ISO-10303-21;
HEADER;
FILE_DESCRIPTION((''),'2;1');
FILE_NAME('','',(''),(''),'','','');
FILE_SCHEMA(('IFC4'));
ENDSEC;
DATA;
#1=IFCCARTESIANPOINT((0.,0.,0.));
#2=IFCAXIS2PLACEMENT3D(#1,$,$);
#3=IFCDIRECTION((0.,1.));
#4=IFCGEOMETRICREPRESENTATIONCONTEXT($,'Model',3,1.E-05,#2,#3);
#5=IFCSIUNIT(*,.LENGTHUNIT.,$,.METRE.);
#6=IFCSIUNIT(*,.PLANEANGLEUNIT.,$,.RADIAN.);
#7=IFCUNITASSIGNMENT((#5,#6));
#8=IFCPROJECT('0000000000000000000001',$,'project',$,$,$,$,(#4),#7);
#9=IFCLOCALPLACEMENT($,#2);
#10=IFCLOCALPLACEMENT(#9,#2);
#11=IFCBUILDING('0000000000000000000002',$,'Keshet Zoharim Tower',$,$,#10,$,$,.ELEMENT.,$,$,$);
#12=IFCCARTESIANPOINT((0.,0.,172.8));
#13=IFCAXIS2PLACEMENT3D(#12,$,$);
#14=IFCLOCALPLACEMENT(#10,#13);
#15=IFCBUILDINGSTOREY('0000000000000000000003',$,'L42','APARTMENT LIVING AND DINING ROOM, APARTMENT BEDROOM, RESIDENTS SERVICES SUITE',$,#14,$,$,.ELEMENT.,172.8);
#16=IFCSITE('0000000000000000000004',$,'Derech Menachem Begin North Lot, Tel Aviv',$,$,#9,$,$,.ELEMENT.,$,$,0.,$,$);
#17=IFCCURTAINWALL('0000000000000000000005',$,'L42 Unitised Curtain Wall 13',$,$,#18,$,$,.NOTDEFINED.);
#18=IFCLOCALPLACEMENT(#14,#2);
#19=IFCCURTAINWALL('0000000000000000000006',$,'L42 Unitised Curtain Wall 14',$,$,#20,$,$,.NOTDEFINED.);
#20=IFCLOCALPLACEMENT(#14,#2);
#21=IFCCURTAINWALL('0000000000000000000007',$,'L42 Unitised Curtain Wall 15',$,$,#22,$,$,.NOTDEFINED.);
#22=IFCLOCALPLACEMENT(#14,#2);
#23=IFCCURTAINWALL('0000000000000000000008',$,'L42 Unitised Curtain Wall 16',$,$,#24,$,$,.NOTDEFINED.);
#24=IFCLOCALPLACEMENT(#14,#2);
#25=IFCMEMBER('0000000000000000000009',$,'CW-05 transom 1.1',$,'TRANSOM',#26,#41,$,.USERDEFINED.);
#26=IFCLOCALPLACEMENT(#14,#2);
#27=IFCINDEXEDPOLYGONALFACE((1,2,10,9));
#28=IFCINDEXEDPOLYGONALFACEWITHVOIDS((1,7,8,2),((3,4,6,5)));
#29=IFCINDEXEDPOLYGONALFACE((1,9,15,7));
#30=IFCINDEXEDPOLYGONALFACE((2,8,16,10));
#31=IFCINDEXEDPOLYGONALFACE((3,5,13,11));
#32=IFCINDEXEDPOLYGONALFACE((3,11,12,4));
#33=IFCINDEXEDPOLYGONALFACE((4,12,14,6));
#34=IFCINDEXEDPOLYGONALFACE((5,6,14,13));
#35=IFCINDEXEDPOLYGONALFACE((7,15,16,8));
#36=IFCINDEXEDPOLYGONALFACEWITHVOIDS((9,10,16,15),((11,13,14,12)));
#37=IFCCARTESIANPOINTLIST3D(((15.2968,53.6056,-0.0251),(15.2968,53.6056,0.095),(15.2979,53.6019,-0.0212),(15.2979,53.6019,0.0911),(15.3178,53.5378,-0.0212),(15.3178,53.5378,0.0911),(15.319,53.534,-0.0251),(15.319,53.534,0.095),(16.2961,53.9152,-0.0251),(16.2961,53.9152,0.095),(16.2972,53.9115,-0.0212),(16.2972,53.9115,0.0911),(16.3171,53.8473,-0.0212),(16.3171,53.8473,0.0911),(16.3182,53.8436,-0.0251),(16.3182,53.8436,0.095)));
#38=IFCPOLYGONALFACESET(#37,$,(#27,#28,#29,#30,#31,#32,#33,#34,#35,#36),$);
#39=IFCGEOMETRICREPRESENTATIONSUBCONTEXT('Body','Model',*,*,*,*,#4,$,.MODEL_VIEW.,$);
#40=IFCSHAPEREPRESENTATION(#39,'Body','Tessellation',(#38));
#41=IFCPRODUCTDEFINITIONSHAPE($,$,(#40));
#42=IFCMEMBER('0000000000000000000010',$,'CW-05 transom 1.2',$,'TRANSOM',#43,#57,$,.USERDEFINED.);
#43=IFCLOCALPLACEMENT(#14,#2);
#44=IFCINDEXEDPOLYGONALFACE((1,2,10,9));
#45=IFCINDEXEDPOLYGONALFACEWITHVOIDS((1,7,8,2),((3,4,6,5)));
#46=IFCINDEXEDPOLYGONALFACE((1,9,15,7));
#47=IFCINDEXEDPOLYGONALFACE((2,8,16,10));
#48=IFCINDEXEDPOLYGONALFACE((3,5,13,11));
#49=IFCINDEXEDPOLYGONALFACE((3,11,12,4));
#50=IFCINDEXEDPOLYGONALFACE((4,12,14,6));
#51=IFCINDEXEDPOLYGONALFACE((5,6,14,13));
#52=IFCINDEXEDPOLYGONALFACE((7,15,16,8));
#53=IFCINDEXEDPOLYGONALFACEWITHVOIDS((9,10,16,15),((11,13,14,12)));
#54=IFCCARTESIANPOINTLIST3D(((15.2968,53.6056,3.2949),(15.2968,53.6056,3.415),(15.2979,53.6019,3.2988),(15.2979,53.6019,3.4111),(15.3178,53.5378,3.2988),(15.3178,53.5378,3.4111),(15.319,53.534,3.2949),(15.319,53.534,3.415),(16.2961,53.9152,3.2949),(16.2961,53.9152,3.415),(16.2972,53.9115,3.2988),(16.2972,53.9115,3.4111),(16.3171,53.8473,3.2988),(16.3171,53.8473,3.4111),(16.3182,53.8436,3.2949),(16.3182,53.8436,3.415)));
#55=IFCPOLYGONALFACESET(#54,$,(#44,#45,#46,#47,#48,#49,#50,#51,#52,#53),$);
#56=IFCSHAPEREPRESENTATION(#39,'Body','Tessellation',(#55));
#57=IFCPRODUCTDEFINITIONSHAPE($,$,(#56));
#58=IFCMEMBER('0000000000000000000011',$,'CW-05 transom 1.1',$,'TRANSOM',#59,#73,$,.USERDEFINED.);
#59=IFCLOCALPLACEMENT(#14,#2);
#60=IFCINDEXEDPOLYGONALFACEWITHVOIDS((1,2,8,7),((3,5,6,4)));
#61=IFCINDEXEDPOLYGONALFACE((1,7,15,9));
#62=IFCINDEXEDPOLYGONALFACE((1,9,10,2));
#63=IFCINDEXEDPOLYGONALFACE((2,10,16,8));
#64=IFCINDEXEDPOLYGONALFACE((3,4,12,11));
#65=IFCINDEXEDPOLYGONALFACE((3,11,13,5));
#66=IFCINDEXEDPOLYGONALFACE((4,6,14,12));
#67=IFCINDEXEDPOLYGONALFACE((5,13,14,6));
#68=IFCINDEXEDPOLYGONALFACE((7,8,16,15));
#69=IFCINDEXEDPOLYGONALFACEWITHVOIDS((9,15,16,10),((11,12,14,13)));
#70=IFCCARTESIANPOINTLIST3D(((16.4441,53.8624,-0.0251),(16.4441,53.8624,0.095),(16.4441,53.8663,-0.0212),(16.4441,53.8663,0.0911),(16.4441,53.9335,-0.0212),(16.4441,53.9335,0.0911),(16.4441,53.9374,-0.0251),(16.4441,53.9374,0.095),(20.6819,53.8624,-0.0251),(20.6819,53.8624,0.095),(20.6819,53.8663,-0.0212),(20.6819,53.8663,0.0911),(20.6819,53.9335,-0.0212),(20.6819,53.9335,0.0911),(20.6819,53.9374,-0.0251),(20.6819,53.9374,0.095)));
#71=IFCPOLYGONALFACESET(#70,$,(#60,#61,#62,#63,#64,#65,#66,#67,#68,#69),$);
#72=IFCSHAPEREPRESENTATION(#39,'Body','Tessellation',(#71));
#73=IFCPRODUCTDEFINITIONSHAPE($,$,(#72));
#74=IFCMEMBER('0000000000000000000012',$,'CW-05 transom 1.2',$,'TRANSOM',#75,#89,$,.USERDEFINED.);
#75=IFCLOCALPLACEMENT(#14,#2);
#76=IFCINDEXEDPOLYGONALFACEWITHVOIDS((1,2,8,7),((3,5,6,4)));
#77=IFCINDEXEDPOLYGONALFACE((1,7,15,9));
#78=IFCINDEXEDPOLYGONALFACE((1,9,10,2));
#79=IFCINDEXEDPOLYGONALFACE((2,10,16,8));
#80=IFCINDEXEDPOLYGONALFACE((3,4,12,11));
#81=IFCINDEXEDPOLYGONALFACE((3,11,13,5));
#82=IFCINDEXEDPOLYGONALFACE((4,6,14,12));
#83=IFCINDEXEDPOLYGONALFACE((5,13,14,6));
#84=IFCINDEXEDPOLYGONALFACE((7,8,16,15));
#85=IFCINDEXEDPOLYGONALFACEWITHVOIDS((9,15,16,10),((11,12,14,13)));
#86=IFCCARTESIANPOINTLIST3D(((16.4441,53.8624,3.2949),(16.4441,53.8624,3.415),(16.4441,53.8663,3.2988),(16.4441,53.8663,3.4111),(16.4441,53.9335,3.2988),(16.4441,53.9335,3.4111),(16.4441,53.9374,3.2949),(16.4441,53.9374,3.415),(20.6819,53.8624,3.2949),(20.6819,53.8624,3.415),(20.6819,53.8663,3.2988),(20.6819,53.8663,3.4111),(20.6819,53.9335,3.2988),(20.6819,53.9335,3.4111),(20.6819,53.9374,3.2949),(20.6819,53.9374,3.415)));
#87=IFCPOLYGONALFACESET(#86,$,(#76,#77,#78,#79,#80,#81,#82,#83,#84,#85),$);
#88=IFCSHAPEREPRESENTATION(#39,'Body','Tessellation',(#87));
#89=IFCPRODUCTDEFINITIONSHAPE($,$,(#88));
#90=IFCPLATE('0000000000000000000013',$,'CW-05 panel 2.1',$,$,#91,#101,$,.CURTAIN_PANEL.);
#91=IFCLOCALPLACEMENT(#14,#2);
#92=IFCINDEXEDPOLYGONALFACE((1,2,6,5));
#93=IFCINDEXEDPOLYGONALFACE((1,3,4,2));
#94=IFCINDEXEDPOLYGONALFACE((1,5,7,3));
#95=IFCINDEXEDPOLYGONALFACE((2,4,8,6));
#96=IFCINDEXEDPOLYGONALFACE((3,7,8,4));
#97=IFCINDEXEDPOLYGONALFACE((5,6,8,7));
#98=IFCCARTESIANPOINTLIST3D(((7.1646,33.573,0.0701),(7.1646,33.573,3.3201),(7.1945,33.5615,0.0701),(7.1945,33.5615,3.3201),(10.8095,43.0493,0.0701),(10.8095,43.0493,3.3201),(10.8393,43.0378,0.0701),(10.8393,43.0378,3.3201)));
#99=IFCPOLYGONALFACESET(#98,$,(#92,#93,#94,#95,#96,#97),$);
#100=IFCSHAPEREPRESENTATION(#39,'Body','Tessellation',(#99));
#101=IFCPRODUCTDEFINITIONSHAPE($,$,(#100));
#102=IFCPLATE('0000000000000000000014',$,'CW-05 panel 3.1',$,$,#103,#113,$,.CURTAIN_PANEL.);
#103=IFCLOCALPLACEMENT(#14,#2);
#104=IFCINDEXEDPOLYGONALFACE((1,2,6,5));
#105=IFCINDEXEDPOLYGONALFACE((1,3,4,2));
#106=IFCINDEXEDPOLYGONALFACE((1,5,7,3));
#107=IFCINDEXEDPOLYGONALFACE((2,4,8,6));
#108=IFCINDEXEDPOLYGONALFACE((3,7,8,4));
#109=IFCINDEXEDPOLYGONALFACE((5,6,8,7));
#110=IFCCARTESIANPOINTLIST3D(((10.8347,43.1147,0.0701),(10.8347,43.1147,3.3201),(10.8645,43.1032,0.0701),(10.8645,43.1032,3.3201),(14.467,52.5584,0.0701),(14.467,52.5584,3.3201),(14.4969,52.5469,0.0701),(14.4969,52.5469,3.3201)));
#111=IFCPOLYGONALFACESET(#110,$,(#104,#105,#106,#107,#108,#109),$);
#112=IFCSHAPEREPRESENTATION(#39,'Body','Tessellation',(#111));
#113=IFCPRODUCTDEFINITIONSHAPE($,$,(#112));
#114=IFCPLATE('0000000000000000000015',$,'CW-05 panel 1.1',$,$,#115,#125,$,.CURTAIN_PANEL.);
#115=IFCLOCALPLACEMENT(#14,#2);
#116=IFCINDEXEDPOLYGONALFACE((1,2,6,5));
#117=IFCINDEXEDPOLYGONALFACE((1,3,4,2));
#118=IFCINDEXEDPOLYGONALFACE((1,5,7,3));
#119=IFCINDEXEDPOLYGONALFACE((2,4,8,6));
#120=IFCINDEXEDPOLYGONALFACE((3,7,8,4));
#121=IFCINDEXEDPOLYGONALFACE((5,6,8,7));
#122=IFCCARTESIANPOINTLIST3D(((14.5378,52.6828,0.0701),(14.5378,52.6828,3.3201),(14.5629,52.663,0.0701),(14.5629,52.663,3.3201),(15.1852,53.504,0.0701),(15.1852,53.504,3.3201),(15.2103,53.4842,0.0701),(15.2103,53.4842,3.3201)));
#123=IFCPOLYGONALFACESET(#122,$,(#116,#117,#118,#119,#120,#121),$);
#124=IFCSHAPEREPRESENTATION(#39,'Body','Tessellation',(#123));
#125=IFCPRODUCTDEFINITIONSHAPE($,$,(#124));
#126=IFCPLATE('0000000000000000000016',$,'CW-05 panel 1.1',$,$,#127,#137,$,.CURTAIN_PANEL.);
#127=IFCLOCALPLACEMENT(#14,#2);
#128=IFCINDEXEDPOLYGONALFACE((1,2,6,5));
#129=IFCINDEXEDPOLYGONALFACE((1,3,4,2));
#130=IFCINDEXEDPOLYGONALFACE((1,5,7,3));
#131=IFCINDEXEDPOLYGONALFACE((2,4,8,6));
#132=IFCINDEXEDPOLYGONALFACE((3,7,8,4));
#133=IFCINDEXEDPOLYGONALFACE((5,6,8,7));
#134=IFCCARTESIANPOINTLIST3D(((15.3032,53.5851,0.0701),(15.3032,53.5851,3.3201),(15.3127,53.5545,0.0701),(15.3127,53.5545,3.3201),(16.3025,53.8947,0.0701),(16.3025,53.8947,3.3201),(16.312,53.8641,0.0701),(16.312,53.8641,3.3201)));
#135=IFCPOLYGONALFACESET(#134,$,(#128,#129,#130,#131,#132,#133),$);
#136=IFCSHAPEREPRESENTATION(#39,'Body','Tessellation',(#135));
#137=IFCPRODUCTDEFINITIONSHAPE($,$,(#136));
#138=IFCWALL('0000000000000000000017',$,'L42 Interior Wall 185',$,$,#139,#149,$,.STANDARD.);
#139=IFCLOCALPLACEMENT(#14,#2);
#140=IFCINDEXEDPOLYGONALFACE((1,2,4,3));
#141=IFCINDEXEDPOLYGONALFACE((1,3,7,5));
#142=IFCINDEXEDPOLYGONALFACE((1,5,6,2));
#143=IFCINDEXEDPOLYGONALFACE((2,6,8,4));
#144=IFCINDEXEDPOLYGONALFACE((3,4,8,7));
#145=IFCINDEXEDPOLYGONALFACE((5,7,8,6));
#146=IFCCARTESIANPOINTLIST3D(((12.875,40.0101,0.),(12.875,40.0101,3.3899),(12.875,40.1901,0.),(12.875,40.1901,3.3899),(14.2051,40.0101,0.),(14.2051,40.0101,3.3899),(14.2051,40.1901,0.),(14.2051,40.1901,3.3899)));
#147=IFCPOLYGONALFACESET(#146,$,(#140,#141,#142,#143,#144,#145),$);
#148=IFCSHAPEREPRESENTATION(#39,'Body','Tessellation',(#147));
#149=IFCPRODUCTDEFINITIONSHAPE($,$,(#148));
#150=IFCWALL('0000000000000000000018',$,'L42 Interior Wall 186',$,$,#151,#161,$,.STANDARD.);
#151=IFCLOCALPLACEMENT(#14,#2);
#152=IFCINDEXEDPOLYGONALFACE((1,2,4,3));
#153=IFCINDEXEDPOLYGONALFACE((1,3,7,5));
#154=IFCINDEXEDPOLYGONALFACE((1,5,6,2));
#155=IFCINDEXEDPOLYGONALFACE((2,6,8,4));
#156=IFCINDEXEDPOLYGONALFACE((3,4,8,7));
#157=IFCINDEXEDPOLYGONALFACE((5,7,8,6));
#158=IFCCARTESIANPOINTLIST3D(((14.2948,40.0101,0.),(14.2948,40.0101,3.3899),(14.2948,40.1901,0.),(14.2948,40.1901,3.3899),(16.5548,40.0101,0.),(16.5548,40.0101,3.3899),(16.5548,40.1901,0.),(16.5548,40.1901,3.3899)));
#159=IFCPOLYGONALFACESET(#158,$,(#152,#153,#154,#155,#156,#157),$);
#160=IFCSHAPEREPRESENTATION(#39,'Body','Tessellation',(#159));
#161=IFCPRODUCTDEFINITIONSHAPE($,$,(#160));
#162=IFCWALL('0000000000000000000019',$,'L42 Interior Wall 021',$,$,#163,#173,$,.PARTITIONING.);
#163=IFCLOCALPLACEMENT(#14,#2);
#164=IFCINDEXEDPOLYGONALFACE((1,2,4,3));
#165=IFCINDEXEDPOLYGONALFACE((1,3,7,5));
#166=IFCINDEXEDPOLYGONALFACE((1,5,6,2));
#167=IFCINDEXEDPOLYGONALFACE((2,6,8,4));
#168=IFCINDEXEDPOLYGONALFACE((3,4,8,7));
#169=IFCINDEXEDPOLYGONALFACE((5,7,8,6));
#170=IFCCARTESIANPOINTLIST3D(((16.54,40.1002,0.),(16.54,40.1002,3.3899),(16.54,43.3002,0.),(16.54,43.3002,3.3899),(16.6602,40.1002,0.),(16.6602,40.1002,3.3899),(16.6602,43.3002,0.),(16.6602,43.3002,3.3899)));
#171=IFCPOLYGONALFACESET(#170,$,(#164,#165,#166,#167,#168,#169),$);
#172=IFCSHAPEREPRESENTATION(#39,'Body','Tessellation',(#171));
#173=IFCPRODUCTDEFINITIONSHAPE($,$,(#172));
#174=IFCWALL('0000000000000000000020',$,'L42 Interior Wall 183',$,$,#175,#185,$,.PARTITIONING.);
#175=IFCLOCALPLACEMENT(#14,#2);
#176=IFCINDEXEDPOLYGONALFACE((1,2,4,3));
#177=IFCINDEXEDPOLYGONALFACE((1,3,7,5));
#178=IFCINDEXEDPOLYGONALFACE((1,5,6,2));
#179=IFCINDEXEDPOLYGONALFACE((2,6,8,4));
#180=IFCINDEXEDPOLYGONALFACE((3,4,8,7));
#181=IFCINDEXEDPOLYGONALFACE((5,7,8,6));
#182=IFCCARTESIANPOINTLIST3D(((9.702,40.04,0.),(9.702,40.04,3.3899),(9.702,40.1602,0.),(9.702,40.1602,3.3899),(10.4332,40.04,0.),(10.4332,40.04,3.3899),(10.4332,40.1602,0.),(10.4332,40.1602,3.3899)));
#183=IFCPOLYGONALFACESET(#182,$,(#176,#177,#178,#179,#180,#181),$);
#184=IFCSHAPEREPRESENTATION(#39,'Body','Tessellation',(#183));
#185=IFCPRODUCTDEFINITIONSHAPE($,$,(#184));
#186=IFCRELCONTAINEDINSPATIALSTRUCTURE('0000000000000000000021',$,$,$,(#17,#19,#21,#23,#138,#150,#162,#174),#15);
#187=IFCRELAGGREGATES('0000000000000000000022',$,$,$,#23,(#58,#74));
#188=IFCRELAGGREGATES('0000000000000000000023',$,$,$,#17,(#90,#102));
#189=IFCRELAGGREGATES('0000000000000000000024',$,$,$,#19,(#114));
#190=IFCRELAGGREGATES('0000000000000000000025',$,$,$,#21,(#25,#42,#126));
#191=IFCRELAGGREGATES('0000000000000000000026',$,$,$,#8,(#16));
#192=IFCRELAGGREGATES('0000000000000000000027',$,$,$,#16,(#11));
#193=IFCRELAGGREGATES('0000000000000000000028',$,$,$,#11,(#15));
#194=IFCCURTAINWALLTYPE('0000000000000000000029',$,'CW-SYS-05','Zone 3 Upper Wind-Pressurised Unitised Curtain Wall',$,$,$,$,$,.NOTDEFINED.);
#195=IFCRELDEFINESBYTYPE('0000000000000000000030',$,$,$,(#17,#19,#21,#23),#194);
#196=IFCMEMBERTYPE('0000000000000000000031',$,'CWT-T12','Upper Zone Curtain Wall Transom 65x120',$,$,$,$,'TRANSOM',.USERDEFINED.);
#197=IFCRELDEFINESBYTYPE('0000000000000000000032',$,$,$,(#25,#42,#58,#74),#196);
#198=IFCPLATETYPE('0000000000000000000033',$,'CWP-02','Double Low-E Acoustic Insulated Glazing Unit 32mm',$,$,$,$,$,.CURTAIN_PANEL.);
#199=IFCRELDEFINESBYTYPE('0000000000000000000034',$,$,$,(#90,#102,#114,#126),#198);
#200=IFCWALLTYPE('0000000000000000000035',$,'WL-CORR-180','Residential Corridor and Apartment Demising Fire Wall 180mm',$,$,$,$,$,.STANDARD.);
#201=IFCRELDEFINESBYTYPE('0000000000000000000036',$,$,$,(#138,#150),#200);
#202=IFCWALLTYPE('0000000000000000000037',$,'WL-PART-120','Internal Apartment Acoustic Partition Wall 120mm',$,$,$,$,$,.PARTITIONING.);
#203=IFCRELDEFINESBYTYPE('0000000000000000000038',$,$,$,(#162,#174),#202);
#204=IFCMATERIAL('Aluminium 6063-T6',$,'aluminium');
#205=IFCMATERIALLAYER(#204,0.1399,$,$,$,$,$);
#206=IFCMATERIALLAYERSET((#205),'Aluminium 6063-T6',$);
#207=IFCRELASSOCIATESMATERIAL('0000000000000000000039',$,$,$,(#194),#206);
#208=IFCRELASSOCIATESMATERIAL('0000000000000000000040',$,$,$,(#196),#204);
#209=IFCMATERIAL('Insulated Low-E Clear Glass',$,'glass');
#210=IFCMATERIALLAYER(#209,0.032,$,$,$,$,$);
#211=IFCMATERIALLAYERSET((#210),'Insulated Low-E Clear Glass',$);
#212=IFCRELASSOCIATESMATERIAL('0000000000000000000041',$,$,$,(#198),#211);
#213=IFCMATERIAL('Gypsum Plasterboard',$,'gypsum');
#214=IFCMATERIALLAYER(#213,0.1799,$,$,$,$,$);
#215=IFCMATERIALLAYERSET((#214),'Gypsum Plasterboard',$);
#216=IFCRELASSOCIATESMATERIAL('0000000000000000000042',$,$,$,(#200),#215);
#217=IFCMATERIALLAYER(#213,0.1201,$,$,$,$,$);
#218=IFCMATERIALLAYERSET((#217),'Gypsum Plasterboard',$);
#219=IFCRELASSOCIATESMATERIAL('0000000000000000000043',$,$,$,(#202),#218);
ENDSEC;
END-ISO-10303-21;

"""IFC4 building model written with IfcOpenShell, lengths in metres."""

from ifc_helpers import new_model, si_unit, direction, frame, frame_2d, origin, origin_2d, place, context, subcontext, project, spatial, rectangle, hollow_rectangle, extrude, material, layer, layer_set, material_profile, profile_set, type_object, element, aggregate, save


model = new_model("IFC4")

# Units and contexts
model_context = context("Model", 3, precision=1e-05, world=origin(), true_north=direction((0.0, 1.0)))
body_context = subcontext(model_context, "Body", "Model", "MODEL_VIEW")
ifc_project = project(units=[si_unit("LENGTHUNIT", "METRE"), si_unit("PLANEANGLEUNIT", "RADIAN")], contexts=[model_context])

# Site, building, storey
site_placement = place(None, origin())
site = spatial("IfcSite", under=ifc_project, at=site_placement, Name="Derech Menachem Begin North Lot, Tel Aviv", CompositionType="ELEMENT", RefElevation=0.0)
building_placement = place(site_placement, origin())
building = spatial("IfcBuilding", under=site, at=building_placement, Name="Keshet Zoharim Tower", CompositionType="ELEMENT")
storey_placement = place(building_placement, frame((0.0, 0.0, 172.8)))
storey = spatial("IfcBuildingStorey", under=building, at=storey_placement, Name="L42", Description="APARTMENT LIVING AND DINING ROOM, APARTMENT BEDROOM, RESIDENTS SERVICES SUITE", CompositionType="ELEMENT", Elevation=172.8)

# Curtain walls
ifc_material_1 = material(Name="Aluminium 6063-T6", Category="aluminium")
ifc_layer_1 = layer(ifc_material_1, 0.1399)
ifc_layer_set_1 = layer_set([ifc_layer_1], Name="Aluminium 6063-T6")
curtain_wall_type = type_object("IfcCurtainWallType", Name="CW-SYS-05", Description="Zone 3 Upper Wind-Pressurised Unitised Curtain Wall", PredefinedType="NOTDEFINED", material=ifc_layer_set_1)
curtain_wall_1_placement = place(storey_placement, origin())
curtain_wall_1 = element("IfcCurtainWall", 1, at=curtain_wall_1_placement, inside=storey, type_object=curtain_wall_type, Name="L42 Unitised Curtain Wall 13", PredefinedType="NOTDEFINED")
curtain_wall_2_placement = place(storey_placement, origin())
curtain_wall_2 = element("IfcCurtainWall", 2, at=curtain_wall_2_placement, inside=storey, type_object=curtain_wall_type, Name="L42 Unitised Curtain Wall 14", PredefinedType="NOTDEFINED")
curtain_wall_3_placement = place(storey_placement, origin())
curtain_wall_3 = element("IfcCurtainWall", 3, at=curtain_wall_3_placement, inside=storey, type_object=curtain_wall_type, Name="L42 Unitised Curtain Wall 15", PredefinedType="NOTDEFINED")

# Curtain wall
curtain_wall_4_placement = place(storey_placement, origin())
curtain_wall_4 = element("IfcCurtainWall", 4, at=curtain_wall_4_placement, inside=storey, type_object=curtain_wall_type, Name="L42 Unitised Curtain Wall 16", PredefinedType="NOTDEFINED")

# Members
ifc_material_profile_1 = material_profile(ifc_material_1, hollow_rectangle(XDim=0.075, YDim=0.1201, WallThickness=0.0039, at=origin_2d()), Name="TRN-75x120")
ifc_profile_set_1 = profile_set([ifc_material_profile_1], Name="Aluminium 6063-T6")
member_type_1 = type_object("IfcMemberType", Name="CWT-T12", Description="Upper Zone Curtain Wall Transom 65x120", ElementType="TRANSOM", PredefinedType="USERDEFINED", material=ifc_profile_set_1)
member_1_placement = place(storey_placement, frame((15.3079, 53.5698, 0.0349), z_axis=(0.955212, 0.295922, 0.0), x_axis=(-0.295922, 0.955212, 0.0)))
member_1 = element("IfcMember", 5, at=member_1_placement, type_object=member_type_1, Name="CW-05 transom 1.1", ObjectType="TRANSOM", PredefinedType="USERDEFINED", context=body_context, shape_type="SweptSolid", body=[
    extrude(hollow_rectangle(XDim=0.075, YDim=0.1201, WallThickness=0.0039, at=origin_2d()), origin(), (0.0, 0.0, 1.0), 1.0461),
])
member_2_placement = place(storey_placement, frame((15.3079, 53.5698, 3.355), z_axis=(0.955212, 0.295922, 0.0), x_axis=(-0.295922, 0.955212, 0.0)))
member_2 = element("IfcMember", 6, at=member_2_placement, type_object=member_type_1, Name="CW-05 transom 1.2", ObjectType="TRANSOM", PredefinedType="USERDEFINED", context=body_context, shape_type="SweptSolid", body=[
    extrude(hollow_rectangle(XDim=0.075, YDim=0.1201, WallThickness=0.0039, at=origin_2d()), origin(), (0.0, 0.0, 1.0), 1.0461),
])
member_3_placement = place(storey_placement, frame((16.4441, 53.8999, 0.0349), z_axis=(1.0, 0.0, 0.0), x_axis=(0.0, 1.0, 0.0)))
member_3 = element("IfcMember", 7, at=member_3_placement, type_object=member_type_1, Name="CW-05 transom 1.1", ObjectType="TRANSOM", PredefinedType="USERDEFINED", context=body_context, shape_type="SweptSolid", body=[
    extrude(hollow_rectangle(XDim=0.075, YDim=0.1201, WallThickness=0.0039, at=origin_2d()), origin(), (0.0, 0.0, 1.0), 4.2378),
])
member_4_placement = place(storey_placement, frame((16.4441, 53.8999, 3.355), z_axis=(1.0, 0.0, 0.0), x_axis=(0.0, 1.0, 0.0)))
member_4 = element("IfcMember", 8, at=member_4_placement, type_object=member_type_1, Name="CW-05 transom 1.2", ObjectType="TRANSOM", PredefinedType="USERDEFINED", context=body_context, shape_type="SweptSolid", body=[
    extrude(hollow_rectangle(XDim=0.075, YDim=0.1201, WallThickness=0.0039, at=origin_2d()), origin(), (0.0, 0.0, 1.0), 4.2378),
])
aggregate(curtain_wall_4, [member_3, member_4])

# Plates
ifc_material_2 = material(Name="Insulated Low-E Clear Glass", Category="glass")
ifc_layer_2 = layer(ifc_material_2, 0.032)
ifc_layer_set_2 = layer_set([ifc_layer_2], Name="Insulated Low-E Clear Glass")
plate_type = type_object("IfcPlateType", Name="CWP-02", Description="Double Low-E Acoustic Insulated Glazing Unit 32mm", PredefinedType="CURTAIN_PANEL", material=ifc_layer_set_2)
plate_1_placement = place(storey_placement, frame((9.002, 38.3054, 0.0701), z_axis=(0.0, 0.0, 1.0), x_axis=(0.35899, 0.933341, 0.0)))
plate_1 = element("IfcPlate", 9, at=plate_1_placement, type_object=plate_type, Name="CW-05 panel 2.1", PredefinedType="CURTAIN_PANEL", context=body_context, shape_type="SweptSolid", body=[
    extrude(rectangle(XDim=10.1531, YDim=0.032, at=origin_2d()), origin(), (0.0, 0.0, 1.0), 3.25),
])
plate_2_placement = place(storey_placement, frame((12.6658, 47.8308, 0.0701), z_axis=(0.0, 0.0, 1.0), x_axis=(0.35899, 0.933341, 0.0)))
plate_2 = element("IfcPlate", 10, at=plate_2_placement, type_object=plate_type, Name="CW-05 panel 3.1", PredefinedType="CURTAIN_PANEL", context=body_context, shape_type="SweptSolid", body=[
    extrude(rectangle(XDim=10.1182, YDim=0.032, at=origin_2d()), origin(), (0.0, 0.0, 1.0), 3.25),
])
aggregate(curtain_wall_1, [plate_1, plate_2])
plate_3_placement = place(storey_placement, frame((14.874, 53.0835, 0.0701), z_axis=(0.0, 0.0, 1.0), x_axis=(0.619125, 0.785293, 0.0)))
plate_3 = element("IfcPlate", 11, at=plate_3_placement, type_object=plate_type, Name="CW-05 panel 1.1", PredefinedType="CURTAIN_PANEL", context=body_context, shape_type="SweptSolid", body=[
    extrude(rectangle(XDim=1.0457, YDim=0.032, at=origin_2d()), origin(), (0.0, 0.0, 1.0), 3.25),
])
aggregate(curtain_wall_2, [plate_3])
plate_4_placement = place(storey_placement, frame((15.8076, 53.7246, 0.0701), z_axis=(0.0, 0.0, 1.0), x_axis=(0.955212, 0.295922, 0.0)))
plate_4 = element("IfcPlate", 12, at=plate_4_placement, type_object=plate_type, Name="CW-05 panel 1.1", PredefinedType="CURTAIN_PANEL", context=body_context, shape_type="SweptSolid", body=[
    extrude(rectangle(XDim=1.0461, YDim=0.032, at=origin_2d()), origin(), (0.0, 0.0, 1.0), 3.25),
])
aggregate(curtain_wall_3, [member_1, member_2, plate_4])

# Walls
ifc_material_3 = material(Name="Gypsum Plasterboard", Category="gypsum")
ifc_layer_3 = layer(ifc_material_3, 0.1799)
ifc_layer_set_3 = layer_set([ifc_layer_3], Name="Gypsum Plasterboard")
wall_type_1 = type_object("IfcWallType", Name="WL-CORR-180", Description="Residential Corridor and Apartment Demising Fire Wall 180mm", PredefinedType="STANDARD", material=ifc_layer_set_3)
wall_1_placement = place(storey_placement, frame((12.875, 40.1001, 0.0), z_axis=(0.0, 0.0, 1.0), x_axis=(1.0, 0.0, 0.0)))
element("IfcWall", 13, at=wall_1_placement, inside=storey, type_object=wall_type_1, Name="L42 Interior Wall 185", PredefinedType="STANDARD", context=body_context, shape_type="SweptSolid", body=[
    extrude(rectangle(XDim=1.3301, YDim=0.1799, at=frame_2d((0.665, 0.0))), origin(), (0.0, 0.0, 1.0), 3.3899),
])
wall_2_placement = place(storey_placement, frame((14.2949, 40.1001, 0.0), z_axis=(0.0, 0.0, 1.0), x_axis=(1.0, 0.0, 0.0)))
element("IfcWall", 14, at=wall_2_placement, inside=storey, type_object=wall_type_1, Name="L42 Interior Wall 186", PredefinedType="STANDARD", context=body_context, shape_type="SweptSolid", body=[
    extrude(rectangle(XDim=2.26, YDim=0.1799, at=frame_2d((1.1299, 0.0))), origin(), (0.0, 0.0, 1.0), 3.3899),
])

# Shared definitions
ifc_layer_4 = layer(ifc_material_3, 0.1201)
ifc_layer_set_4 = layer_set([ifc_layer_4], Name="Gypsum Plasterboard")
wall_type_2 = type_object("IfcWallType", Name="WL-PART-120", Description="Internal Apartment Acoustic Partition Wall 120mm", PredefinedType="PARTITIONING", material=ifc_layer_set_4)

# Walls
wall_3_placement = place(storey_placement, frame((16.6001, 40.1001, 0.0), z_axis=(0.0, 0.0, 1.0), x_axis=(0.0, 1.0, 0.0)))
element("IfcWall", 15, at=wall_3_placement, inside=storey, type_object=wall_type_2, Name="L42 Interior Wall 021", PredefinedType="PARTITIONING", context=body_context, shape_type="SweptSolid", body=[
    extrude(rectangle(XDim=3.2, YDim=0.1201, at=frame_2d((1.6001, 0.0))), origin(), (0.0, 0.0, 1.0), 3.3899),
])
wall_4_placement = place(storey_placement, frame((9.7019, 40.1001, 0.0), z_axis=(0.0, 0.0, 1.0), x_axis=(1.0, 0.0, 0.0)))
element("IfcWall", 16, at=wall_4_placement, inside=storey, type_object=wall_type_2, Name="L42 Interior Wall 183", PredefinedType="PARTITIONING", context=body_context, shape_type="SweptSolid", body=[
    extrude(rectangle(XDim=0.7312, YDim=0.1201, at=frame_2d((0.3657, 0.0))), origin(), (0.0, 0.0, 1.0), 3.3899),
])

save(model, "model.ifc")
